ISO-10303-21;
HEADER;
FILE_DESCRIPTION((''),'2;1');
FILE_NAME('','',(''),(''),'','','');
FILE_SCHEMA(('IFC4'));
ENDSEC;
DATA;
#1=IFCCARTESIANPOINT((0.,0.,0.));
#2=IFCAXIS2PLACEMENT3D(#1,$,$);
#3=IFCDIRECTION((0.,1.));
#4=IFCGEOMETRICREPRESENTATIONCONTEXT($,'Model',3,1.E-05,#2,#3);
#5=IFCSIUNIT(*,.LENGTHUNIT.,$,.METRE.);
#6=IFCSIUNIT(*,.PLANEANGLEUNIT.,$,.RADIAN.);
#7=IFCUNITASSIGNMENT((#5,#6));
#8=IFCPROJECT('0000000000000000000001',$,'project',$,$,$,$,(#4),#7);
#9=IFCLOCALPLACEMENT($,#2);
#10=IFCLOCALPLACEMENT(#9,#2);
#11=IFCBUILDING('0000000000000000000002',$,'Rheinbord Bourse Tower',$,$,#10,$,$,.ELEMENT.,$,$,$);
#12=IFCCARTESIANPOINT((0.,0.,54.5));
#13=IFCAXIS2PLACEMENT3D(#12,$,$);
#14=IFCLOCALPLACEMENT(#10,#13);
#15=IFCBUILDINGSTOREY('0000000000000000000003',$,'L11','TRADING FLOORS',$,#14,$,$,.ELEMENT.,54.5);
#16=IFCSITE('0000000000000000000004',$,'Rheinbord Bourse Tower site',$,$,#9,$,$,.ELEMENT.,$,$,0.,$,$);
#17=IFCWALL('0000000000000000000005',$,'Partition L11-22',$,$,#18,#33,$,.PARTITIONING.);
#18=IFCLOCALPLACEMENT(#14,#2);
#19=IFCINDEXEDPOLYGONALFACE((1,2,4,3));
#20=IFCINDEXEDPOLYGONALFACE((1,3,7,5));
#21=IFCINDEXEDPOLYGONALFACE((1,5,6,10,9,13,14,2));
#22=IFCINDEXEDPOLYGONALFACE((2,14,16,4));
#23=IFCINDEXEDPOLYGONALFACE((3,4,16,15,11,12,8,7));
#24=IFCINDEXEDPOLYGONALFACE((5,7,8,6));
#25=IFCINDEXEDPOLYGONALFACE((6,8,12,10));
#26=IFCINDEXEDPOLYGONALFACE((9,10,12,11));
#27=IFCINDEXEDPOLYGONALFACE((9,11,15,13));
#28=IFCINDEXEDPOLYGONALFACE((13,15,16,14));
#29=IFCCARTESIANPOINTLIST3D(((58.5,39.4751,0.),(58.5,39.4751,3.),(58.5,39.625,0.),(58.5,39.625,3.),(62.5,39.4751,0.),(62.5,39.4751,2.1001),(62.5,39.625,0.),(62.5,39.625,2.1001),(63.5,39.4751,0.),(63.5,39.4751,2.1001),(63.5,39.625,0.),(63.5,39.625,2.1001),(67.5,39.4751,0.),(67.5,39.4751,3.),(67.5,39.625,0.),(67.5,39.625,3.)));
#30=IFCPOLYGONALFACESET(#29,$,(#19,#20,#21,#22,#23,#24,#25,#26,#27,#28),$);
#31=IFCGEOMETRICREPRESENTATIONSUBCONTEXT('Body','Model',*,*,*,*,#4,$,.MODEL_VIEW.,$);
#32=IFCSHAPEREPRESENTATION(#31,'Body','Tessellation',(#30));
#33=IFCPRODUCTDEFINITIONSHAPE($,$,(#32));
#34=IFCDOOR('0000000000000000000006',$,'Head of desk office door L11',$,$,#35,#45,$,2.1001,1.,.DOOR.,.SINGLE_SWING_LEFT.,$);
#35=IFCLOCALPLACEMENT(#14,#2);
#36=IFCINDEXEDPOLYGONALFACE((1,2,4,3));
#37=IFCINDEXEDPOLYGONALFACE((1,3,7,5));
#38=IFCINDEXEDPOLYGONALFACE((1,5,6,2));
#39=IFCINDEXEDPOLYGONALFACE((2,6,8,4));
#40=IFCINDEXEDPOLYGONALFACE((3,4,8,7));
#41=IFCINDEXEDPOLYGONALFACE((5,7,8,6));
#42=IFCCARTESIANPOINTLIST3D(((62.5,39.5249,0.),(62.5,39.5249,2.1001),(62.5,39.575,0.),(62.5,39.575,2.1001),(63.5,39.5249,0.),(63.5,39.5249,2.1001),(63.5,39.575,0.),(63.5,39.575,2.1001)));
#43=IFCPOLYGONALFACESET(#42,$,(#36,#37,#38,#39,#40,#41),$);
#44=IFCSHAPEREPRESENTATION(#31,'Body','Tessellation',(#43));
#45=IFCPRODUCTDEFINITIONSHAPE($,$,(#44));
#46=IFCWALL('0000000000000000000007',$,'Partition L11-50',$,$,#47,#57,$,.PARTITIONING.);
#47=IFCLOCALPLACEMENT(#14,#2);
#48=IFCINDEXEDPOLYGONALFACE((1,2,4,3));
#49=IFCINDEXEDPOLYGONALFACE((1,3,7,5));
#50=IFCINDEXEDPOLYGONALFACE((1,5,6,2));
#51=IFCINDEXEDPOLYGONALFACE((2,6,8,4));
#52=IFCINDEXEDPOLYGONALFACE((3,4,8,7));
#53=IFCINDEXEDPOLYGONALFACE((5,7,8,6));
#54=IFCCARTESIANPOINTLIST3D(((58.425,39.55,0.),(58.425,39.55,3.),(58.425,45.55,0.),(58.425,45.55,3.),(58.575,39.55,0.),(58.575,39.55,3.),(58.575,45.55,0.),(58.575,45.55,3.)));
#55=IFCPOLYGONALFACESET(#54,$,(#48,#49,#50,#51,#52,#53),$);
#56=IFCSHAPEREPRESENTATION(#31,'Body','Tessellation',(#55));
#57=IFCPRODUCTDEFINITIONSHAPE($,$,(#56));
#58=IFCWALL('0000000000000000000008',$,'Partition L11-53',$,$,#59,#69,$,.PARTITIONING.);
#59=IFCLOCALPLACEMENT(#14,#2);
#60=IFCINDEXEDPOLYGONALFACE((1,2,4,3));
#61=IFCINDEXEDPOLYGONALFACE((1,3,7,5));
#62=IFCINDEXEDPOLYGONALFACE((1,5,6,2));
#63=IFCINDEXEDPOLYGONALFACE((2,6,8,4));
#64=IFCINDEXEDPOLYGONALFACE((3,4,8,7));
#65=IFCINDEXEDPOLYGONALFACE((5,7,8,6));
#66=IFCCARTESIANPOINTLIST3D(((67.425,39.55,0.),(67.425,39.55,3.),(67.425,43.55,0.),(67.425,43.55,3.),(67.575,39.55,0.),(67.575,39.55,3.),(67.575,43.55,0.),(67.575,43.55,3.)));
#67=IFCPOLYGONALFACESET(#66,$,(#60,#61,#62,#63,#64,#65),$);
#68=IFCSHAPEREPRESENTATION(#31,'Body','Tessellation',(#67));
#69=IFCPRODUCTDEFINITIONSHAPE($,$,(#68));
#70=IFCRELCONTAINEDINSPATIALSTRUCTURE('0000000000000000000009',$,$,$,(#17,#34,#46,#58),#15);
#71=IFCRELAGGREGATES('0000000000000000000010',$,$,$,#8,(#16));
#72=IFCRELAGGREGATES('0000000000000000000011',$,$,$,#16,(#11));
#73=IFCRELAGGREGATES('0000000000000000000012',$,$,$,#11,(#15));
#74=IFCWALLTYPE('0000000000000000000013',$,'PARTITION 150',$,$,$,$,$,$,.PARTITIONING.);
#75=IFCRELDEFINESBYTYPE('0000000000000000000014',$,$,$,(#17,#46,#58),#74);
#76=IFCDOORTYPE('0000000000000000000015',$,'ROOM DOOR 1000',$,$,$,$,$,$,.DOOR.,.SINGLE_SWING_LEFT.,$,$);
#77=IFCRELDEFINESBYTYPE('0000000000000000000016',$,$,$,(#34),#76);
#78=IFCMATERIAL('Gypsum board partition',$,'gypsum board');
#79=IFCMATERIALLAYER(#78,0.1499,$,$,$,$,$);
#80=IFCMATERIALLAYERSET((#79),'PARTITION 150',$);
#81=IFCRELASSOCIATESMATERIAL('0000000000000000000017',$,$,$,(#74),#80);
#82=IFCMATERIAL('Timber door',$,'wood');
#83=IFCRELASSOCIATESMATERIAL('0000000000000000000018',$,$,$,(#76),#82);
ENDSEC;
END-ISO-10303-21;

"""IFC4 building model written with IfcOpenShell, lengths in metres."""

from ifc_helpers import new_model, si_unit, direction, frame, frame_2d, origin, place, context, subcontext, project, spatial, rectangle, extrude, material, layer, layer_set, type_object, element, fill, save


model = new_model("IFC4")

# Units and contexts
model_context = context("Model", 3, precision=1e-05, world=origin(), true_north=direction((0.0, 1.0)))
body_context = subcontext(model_context, "Body", "Model", "MODEL_VIEW")
ifc_project = project(units=[si_unit("LENGTHUNIT", "METRE"), si_unit("PLANEANGLEUNIT", "RADIAN")], contexts=[model_context])

# Site, building, storey
site_placement = place(None, origin())
site = spatial("IfcSite", under=ifc_project, at=site_placement, Name="Rheinbord Bourse Tower site", CompositionType="ELEMENT", RefElevation=0.0)
building_placement = place(site_placement, origin())
building = spatial("IfcBuilding", under=site, at=building_placement, Name="Rheinbord Bourse Tower", CompositionType="ELEMENT")
storey_placement = place(building_placement, frame((0.0, 0.0, 54.5)))
storey = spatial("IfcBuildingStorey", under=building, at=storey_placement, Name="L11", Description="TRADING FLOORS", CompositionType="ELEMENT", Elevation=54.5)

# Wall, opening, door
ifc_material_1 = material(Name="Gypsum board partition", Category="gypsum board")
ifc_layer_1 = layer(ifc_material_1, 0.1499)
ifc_layer_set_1 = layer_set([ifc_layer_1], Name="PARTITION 150")
wall_type_1 = type_object("IfcWallType", Name="PARTITION 150", PredefinedType="PARTITIONING", material=ifc_layer_set_1)
wall_1_placement = place(storey_placement, frame((58.5, 39.55, 0.0), z_axis=(0.0, 0.0, 1.0), x_axis=(1.0, 0.0, 0.0)))
wall_1 = element("IfcWall", 1, at=wall_1_placement, inside=storey, type_object=wall_type_1, Name="Partition L11-22", PredefinedType="PARTITIONING", context=body_context, shape_type="SweptSolid", body=[
    extrude(rectangle(XDim=9.0, YDim=0.1499, at=frame_2d((4.5, 0.0))), origin(), (0.0, 0.0, 1.0), 3.0),
])
opening_1_placement = place(wall_1_placement, frame((4.0, 0.0, 0.0)))
opening_1 = element("IfcOpeningElement", 2, at=opening_1_placement, cuts=wall_1, PredefinedType="OPENING", context=body_context, shape_type="SweptSolid", body=[
    extrude(rectangle(XDim=1.0, YDim=2.1001, at=frame_2d((0.5, 1.05))), frame((0.0, 0.085, 0.0), z_axis=(0.0, -1.0, 0.0), x_axis=(1.0, 0.0, 0.0)), (0.0, 0.0, 1.0), 0.1699),
])
ifc_material_2 = material(Name="Timber door", Category="wood")
door_type_1 = type_object("IfcDoorType", Name="ROOM DOOR 1000", OperationType="SINGLE_SWING_LEFT", PredefinedType="DOOR", material=ifc_material_2)
door_1_placement = place(opening_1_placement, origin())
door_1 = element("IfcDoor", 3, at=door_1_placement, inside=storey, type_object=door_type_1, Name="Head of desk office door L11", OperationType="SINGLE_SWING_LEFT", OverallHeight=2.1001, OverallWidth=1.0, PredefinedType="DOOR", context=body_context, shape_type="SweptSolid", body=[
    extrude(rectangle(XDim=1.0, YDim=2.1001, at=frame_2d((0.5, 1.05))), frame((0.0, 0.0249, 0.0), z_axis=(0.0, -1.0, 0.0), x_axis=(1.0, 0.0, 0.0)), (0.0, 0.0, 1.0), 0.05),
])
fill(opening_1, door_1)

# Walls
wall_2_placement = place(storey_placement, frame((58.5, 39.55, 0.0), z_axis=(0.0, 0.0, 1.0), x_axis=(0.0, 1.0, 0.0)))
element("IfcWall", 4, at=wall_2_placement, inside=storey, type_object=wall_type_1, Name="Partition L11-50", PredefinedType="PARTITIONING", context=body_context, shape_type="SweptSolid", body=[
    extrude(rectangle(XDim=6.0, YDim=0.1499, at=frame_2d((3.0, 0.0))), origin(), (0.0, 0.0, 1.0), 3.0),
])
wall_3_placement = place(storey_placement, frame((67.5, 39.55, 0.0), z_axis=(0.0, 0.0, 1.0), x_axis=(0.0, 1.0, 0.0)))
element("IfcWall", 5, at=wall_3_placement, inside=storey, type_object=wall_type_1, Name="Partition L11-53", PredefinedType="PARTITIONING", context=body_context, shape_type="SweptSolid", body=[
    extrude(rectangle(XDim=4.0, YDim=0.1499, at=frame_2d((2.0, 0.0))), origin(), (0.0, 0.0, 1.0), 3.0),
])

save(model, "model.ifc")
